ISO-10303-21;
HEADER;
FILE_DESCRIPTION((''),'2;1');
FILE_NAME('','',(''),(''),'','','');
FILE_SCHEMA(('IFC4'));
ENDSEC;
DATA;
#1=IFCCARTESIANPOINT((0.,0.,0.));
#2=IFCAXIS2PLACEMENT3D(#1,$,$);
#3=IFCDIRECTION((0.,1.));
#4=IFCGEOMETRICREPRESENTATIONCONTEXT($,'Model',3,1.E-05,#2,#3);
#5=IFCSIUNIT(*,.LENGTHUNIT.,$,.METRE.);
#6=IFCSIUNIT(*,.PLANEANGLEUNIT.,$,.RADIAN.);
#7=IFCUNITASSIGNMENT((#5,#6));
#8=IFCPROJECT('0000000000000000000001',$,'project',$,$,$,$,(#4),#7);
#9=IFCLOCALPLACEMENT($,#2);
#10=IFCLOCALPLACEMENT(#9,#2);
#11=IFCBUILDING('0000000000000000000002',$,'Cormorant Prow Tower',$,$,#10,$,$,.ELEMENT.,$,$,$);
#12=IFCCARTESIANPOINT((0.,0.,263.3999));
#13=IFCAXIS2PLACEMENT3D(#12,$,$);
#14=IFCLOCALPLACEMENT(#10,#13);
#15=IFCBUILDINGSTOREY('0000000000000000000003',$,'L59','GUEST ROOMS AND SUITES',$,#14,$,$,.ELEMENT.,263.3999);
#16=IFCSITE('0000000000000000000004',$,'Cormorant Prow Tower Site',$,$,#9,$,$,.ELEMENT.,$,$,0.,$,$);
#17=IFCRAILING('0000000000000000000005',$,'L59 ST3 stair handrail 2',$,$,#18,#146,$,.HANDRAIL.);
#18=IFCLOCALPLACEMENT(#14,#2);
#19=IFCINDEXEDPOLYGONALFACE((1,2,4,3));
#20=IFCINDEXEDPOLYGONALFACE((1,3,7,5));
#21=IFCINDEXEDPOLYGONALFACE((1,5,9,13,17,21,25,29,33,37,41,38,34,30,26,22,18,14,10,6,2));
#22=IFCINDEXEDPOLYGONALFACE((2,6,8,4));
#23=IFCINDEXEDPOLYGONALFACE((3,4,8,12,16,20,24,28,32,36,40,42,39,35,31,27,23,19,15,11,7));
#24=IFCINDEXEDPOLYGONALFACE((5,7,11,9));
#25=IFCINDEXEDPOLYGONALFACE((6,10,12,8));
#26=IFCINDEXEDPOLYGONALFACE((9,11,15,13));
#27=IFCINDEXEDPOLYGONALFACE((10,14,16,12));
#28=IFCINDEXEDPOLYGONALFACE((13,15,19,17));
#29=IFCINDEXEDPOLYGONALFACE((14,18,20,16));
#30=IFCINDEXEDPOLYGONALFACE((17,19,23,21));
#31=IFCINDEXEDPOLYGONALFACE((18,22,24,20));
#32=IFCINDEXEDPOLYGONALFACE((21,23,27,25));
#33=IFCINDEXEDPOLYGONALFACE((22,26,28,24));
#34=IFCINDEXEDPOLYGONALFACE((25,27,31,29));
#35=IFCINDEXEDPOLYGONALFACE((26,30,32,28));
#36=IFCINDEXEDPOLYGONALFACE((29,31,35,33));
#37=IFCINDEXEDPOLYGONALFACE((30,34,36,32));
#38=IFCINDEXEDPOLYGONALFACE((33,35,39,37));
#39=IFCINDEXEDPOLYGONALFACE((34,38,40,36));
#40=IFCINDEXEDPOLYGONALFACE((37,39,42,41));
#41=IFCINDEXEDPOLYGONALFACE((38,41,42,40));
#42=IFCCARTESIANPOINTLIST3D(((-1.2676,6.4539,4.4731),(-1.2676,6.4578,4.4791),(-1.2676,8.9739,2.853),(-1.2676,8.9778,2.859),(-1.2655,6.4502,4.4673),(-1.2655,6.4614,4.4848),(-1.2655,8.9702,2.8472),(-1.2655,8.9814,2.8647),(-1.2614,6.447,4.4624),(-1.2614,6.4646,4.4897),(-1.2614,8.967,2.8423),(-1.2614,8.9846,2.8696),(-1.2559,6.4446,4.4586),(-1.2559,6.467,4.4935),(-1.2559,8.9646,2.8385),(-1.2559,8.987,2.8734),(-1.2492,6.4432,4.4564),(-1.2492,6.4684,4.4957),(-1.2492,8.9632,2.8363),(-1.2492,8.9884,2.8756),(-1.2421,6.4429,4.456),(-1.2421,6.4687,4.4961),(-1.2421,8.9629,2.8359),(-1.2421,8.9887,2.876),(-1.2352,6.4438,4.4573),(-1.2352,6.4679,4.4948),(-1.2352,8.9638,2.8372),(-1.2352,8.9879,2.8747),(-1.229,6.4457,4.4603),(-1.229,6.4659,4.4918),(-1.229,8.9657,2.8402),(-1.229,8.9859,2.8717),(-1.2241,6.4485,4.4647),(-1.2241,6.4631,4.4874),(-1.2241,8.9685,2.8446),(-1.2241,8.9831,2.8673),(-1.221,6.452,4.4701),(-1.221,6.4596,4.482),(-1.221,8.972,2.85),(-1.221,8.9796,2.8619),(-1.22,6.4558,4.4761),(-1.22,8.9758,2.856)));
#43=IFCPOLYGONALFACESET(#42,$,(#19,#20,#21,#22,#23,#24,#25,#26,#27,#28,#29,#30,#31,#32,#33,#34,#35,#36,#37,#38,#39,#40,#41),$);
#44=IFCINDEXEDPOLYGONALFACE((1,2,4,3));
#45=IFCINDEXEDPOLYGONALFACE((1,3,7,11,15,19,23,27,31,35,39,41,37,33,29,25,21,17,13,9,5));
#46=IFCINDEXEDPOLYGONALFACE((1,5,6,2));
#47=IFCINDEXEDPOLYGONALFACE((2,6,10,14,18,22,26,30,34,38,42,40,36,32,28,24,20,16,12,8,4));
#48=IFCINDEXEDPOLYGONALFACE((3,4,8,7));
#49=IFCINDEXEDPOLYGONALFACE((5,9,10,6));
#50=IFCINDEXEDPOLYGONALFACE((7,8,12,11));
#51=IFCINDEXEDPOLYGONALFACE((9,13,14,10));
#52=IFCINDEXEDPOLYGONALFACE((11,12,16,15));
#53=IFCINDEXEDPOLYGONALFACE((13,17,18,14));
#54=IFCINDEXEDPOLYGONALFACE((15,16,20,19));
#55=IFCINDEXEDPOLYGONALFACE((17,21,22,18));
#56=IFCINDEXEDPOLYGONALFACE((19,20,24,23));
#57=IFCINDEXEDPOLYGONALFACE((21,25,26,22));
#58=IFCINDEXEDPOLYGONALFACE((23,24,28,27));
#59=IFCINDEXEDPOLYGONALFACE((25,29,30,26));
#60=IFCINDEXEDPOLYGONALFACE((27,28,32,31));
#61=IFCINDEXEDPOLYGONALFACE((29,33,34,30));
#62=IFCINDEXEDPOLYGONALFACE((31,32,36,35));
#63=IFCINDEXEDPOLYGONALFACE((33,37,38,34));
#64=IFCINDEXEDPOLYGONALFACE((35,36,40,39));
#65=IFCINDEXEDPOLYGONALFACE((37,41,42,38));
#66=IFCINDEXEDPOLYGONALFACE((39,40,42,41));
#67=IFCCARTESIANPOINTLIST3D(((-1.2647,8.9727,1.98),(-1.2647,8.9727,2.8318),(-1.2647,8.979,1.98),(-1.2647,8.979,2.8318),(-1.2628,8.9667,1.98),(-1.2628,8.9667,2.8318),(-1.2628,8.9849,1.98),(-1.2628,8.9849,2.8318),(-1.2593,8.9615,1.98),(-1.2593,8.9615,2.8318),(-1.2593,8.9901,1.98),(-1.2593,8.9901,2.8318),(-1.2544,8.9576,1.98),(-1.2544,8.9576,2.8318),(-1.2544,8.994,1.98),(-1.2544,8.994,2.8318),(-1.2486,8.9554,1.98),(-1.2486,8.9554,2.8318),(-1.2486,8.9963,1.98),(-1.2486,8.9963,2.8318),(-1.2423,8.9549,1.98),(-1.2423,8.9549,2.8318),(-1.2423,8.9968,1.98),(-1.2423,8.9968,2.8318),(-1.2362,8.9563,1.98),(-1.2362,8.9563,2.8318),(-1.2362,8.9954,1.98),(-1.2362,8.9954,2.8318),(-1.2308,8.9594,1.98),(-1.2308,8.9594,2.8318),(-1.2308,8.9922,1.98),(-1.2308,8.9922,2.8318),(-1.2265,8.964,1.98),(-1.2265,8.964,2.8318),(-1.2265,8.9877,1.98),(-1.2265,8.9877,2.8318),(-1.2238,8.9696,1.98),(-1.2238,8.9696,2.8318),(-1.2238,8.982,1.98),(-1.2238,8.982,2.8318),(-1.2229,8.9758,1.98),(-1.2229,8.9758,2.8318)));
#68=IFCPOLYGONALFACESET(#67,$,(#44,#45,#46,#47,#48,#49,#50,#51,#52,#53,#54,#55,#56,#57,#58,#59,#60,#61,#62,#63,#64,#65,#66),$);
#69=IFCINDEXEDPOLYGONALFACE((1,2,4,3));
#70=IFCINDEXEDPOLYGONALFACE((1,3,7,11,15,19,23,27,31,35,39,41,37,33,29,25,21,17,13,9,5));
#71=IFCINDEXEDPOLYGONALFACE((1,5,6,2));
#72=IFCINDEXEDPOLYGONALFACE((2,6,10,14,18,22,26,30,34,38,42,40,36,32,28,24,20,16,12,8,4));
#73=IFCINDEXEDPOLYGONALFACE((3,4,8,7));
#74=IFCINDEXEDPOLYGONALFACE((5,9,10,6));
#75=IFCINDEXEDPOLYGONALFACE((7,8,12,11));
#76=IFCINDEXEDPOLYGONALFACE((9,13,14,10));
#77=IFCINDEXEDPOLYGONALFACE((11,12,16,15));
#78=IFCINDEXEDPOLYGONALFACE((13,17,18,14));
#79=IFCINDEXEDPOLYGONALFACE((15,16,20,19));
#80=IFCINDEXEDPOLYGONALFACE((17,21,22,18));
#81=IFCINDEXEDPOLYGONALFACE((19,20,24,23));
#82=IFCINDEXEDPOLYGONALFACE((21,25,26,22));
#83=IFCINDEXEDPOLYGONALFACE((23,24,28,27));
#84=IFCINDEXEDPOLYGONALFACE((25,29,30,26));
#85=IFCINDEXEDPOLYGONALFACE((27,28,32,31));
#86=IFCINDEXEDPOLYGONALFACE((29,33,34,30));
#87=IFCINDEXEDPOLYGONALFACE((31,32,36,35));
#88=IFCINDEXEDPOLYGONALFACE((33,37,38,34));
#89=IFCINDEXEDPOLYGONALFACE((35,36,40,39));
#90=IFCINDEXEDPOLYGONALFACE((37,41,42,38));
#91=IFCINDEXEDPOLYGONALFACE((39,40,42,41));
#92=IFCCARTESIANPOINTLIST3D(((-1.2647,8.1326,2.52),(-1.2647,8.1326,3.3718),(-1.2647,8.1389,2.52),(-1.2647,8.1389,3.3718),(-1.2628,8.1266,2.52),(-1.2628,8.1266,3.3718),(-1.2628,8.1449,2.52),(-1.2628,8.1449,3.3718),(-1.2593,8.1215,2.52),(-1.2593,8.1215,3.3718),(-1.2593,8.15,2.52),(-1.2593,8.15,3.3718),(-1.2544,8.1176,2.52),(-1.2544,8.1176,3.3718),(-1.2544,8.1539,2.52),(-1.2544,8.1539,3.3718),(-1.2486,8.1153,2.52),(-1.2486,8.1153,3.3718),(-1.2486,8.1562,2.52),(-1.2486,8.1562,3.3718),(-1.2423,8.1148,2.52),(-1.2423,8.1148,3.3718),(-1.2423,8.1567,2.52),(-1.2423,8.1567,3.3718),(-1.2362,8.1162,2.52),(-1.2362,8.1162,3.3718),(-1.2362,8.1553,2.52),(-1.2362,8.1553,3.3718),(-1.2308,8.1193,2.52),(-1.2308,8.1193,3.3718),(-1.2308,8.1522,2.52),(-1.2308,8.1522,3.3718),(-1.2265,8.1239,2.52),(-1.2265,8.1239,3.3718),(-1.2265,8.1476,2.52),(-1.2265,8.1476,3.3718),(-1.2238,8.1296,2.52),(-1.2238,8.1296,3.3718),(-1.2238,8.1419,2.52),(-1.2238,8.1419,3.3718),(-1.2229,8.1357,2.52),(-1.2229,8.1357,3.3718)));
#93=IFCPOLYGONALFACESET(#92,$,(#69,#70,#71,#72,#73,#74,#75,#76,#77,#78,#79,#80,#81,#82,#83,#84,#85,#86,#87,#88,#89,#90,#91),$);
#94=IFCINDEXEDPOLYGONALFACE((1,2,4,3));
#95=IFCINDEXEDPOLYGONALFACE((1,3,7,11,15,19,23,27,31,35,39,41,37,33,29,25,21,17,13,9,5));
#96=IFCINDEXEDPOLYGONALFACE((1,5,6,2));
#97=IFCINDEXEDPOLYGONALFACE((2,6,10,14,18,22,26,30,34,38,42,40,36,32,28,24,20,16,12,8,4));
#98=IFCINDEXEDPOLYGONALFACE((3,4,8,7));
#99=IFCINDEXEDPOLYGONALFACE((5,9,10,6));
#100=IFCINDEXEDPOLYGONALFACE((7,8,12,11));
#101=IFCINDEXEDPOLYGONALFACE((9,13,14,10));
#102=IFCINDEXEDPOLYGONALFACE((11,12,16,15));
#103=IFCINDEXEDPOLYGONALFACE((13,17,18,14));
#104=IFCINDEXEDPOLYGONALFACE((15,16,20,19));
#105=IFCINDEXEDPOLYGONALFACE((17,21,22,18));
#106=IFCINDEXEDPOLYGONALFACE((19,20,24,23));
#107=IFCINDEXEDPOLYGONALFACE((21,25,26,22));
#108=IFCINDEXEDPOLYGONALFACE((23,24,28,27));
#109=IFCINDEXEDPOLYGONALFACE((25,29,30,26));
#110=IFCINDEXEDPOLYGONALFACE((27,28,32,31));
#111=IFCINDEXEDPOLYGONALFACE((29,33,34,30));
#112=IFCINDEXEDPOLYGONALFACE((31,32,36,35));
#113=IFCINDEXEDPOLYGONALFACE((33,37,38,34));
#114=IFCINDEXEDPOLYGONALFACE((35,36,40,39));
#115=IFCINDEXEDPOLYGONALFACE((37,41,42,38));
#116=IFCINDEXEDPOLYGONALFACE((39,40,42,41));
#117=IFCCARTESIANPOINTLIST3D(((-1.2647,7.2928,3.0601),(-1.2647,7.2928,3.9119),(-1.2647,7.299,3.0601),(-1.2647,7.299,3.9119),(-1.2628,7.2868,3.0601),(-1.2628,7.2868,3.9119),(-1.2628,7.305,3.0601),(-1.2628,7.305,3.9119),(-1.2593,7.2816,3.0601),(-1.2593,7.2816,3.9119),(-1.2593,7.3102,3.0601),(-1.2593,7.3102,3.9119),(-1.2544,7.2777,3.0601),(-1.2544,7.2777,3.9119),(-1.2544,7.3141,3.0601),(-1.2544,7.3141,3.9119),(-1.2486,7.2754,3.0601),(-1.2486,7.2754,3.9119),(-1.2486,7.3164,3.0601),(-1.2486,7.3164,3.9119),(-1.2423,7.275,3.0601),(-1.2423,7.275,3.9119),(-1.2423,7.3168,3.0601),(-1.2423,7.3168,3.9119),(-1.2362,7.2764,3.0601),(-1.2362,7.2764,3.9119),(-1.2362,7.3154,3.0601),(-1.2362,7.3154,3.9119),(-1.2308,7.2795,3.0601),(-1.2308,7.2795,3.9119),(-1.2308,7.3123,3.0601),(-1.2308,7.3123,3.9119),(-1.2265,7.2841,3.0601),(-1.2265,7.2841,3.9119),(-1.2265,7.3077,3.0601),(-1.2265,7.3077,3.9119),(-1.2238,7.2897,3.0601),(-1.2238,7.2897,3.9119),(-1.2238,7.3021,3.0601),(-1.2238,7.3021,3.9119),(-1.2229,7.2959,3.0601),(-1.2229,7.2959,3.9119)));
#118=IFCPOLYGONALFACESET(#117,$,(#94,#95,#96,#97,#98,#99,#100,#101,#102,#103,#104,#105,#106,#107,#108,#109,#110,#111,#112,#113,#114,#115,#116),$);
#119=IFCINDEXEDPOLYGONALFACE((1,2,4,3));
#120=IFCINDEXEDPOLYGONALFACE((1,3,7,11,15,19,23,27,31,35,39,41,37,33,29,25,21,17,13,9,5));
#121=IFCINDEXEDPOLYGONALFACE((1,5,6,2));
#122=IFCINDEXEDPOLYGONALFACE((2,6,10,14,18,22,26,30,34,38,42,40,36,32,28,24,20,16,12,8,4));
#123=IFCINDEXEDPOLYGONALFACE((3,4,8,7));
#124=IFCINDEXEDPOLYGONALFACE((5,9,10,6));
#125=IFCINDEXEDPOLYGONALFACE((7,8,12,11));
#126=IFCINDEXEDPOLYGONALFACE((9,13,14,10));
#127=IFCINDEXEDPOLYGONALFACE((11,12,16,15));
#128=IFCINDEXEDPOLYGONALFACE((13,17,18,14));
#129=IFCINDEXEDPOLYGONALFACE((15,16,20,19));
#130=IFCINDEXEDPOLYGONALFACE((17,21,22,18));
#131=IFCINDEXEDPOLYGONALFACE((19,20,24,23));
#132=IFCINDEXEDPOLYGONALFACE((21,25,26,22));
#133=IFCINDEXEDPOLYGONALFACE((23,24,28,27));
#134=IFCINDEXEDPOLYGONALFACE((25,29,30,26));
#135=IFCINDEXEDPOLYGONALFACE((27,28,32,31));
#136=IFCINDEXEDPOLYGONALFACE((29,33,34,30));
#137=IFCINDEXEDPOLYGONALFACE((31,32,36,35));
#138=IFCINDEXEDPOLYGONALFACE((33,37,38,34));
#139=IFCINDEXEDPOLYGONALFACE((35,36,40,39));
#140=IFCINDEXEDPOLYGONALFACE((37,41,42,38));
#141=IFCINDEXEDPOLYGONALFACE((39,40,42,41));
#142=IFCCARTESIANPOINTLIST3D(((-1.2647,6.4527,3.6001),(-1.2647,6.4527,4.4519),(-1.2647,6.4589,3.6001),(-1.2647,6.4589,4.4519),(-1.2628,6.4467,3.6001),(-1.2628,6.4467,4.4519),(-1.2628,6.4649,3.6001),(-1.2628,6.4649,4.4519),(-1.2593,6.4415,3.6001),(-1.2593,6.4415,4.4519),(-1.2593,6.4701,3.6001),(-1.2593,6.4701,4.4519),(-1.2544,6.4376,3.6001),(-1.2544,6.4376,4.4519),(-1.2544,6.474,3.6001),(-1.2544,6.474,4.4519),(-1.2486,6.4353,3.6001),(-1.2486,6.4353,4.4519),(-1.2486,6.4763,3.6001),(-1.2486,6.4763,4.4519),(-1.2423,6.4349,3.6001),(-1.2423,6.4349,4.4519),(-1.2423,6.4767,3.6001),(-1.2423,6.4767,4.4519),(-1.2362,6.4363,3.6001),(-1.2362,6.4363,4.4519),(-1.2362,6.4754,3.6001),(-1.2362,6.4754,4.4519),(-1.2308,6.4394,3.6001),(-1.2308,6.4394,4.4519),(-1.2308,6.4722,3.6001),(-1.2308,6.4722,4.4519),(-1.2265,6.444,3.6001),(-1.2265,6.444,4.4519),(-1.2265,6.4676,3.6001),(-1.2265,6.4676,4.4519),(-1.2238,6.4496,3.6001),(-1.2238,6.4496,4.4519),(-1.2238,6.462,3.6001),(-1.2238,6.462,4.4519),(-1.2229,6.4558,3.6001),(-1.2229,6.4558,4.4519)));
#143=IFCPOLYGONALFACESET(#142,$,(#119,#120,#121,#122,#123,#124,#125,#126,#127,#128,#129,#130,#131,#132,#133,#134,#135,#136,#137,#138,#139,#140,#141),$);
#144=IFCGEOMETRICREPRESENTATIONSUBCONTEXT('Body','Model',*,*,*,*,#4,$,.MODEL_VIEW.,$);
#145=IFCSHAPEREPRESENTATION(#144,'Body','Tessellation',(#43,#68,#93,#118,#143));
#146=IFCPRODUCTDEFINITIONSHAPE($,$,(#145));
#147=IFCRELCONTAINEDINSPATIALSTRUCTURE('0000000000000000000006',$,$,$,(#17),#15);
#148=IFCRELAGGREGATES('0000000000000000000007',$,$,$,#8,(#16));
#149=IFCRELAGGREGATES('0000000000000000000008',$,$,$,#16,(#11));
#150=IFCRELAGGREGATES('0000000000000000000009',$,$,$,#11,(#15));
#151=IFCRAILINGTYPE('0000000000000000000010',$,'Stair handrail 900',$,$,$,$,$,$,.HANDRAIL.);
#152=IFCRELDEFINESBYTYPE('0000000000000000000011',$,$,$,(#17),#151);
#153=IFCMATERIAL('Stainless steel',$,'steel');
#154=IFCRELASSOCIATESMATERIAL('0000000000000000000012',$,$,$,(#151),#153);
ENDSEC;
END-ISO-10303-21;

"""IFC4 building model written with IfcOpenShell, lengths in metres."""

from ifc_helpers import new_model, si_unit, direction, frame, origin, origin_2d, place, context, subcontext, project, spatial, circle, extrude, material, type_object, element, save


model = new_model("IFC4")

# Units and contexts
model_context = context("Model", 3, precision=1e-05, world=origin(), true_north=direction((0.0, 1.0)))
body_context = subcontext(model_context, "Body", "Model", "MODEL_VIEW")
ifc_project = project(units=[si_unit("LENGTHUNIT", "METRE"), si_unit("PLANEANGLEUNIT", "RADIAN")], contexts=[model_context])

# Site, building, storey
site_placement = place(None, origin())
site = spatial("IfcSite", under=ifc_project, at=site_placement, Name="Cormorant Prow Tower Site", CompositionType="ELEMENT", RefElevation=0.0)
building_placement = place(site_placement, origin())
building = spatial("IfcBuilding", under=site, at=building_placement, Name="Cormorant Prow Tower", CompositionType="ELEMENT")
storey_placement = place(building_placement, frame((0.0, 0.0, 263.3999)))
storey = spatial("IfcBuildingStorey", under=building, at=storey_placement, Name="L59", Description="GUEST ROOMS AND SUITES", CompositionType="ELEMENT", Elevation=263.3999)

# Railing
ifc_material_1 = material(Name="Stainless steel", Category="steel")
railing_type = type_object("IfcRailingType", Name="Stair handrail 900", PredefinedType="HANDRAIL", material=ifc_material_1)
railing_1_placement = place(storey_placement, frame((-1.2439, 8.9758, 1.98)))
element("IfcRailing", 1, at=railing_1_placement, inside=storey, type_object=railing_type, Name="L59 ST3 stair handrail 2", PredefinedType="HANDRAIL", context=body_context, shape_type="SweptSolid", body=[
    extrude(circle(Radius=0.0239, at=origin_2d()), frame((0.0, 0.0, 0.876), z_axis=(0.0, -0.841163, 0.540782), x_axis=(1.0, 0.0, 0.0)), (0.0, 0.0, 1.0), 2.9958),
    extrude(circle(Radius=0.021, at=origin_2d()), origin(), (0.0, 0.0, 1.0), 0.8518),
    extrude(circle(Radius=0.021, at=origin_2d()), frame((0.0, -0.8401, 0.54)), (0.0, 0.0, 1.0), 0.8518),
    extrude(circle(Radius=0.021, at=origin_2d()), frame((0.0, -1.6799, 1.0801)), (0.0, 0.0, 1.0), 0.8518),
    extrude(circle(Radius=0.021, at=origin_2d()), frame((0.0, -2.52, 1.6201)), (0.0, 0.0, 1.0), 0.8518),
])

save(model, "model.ifc")
